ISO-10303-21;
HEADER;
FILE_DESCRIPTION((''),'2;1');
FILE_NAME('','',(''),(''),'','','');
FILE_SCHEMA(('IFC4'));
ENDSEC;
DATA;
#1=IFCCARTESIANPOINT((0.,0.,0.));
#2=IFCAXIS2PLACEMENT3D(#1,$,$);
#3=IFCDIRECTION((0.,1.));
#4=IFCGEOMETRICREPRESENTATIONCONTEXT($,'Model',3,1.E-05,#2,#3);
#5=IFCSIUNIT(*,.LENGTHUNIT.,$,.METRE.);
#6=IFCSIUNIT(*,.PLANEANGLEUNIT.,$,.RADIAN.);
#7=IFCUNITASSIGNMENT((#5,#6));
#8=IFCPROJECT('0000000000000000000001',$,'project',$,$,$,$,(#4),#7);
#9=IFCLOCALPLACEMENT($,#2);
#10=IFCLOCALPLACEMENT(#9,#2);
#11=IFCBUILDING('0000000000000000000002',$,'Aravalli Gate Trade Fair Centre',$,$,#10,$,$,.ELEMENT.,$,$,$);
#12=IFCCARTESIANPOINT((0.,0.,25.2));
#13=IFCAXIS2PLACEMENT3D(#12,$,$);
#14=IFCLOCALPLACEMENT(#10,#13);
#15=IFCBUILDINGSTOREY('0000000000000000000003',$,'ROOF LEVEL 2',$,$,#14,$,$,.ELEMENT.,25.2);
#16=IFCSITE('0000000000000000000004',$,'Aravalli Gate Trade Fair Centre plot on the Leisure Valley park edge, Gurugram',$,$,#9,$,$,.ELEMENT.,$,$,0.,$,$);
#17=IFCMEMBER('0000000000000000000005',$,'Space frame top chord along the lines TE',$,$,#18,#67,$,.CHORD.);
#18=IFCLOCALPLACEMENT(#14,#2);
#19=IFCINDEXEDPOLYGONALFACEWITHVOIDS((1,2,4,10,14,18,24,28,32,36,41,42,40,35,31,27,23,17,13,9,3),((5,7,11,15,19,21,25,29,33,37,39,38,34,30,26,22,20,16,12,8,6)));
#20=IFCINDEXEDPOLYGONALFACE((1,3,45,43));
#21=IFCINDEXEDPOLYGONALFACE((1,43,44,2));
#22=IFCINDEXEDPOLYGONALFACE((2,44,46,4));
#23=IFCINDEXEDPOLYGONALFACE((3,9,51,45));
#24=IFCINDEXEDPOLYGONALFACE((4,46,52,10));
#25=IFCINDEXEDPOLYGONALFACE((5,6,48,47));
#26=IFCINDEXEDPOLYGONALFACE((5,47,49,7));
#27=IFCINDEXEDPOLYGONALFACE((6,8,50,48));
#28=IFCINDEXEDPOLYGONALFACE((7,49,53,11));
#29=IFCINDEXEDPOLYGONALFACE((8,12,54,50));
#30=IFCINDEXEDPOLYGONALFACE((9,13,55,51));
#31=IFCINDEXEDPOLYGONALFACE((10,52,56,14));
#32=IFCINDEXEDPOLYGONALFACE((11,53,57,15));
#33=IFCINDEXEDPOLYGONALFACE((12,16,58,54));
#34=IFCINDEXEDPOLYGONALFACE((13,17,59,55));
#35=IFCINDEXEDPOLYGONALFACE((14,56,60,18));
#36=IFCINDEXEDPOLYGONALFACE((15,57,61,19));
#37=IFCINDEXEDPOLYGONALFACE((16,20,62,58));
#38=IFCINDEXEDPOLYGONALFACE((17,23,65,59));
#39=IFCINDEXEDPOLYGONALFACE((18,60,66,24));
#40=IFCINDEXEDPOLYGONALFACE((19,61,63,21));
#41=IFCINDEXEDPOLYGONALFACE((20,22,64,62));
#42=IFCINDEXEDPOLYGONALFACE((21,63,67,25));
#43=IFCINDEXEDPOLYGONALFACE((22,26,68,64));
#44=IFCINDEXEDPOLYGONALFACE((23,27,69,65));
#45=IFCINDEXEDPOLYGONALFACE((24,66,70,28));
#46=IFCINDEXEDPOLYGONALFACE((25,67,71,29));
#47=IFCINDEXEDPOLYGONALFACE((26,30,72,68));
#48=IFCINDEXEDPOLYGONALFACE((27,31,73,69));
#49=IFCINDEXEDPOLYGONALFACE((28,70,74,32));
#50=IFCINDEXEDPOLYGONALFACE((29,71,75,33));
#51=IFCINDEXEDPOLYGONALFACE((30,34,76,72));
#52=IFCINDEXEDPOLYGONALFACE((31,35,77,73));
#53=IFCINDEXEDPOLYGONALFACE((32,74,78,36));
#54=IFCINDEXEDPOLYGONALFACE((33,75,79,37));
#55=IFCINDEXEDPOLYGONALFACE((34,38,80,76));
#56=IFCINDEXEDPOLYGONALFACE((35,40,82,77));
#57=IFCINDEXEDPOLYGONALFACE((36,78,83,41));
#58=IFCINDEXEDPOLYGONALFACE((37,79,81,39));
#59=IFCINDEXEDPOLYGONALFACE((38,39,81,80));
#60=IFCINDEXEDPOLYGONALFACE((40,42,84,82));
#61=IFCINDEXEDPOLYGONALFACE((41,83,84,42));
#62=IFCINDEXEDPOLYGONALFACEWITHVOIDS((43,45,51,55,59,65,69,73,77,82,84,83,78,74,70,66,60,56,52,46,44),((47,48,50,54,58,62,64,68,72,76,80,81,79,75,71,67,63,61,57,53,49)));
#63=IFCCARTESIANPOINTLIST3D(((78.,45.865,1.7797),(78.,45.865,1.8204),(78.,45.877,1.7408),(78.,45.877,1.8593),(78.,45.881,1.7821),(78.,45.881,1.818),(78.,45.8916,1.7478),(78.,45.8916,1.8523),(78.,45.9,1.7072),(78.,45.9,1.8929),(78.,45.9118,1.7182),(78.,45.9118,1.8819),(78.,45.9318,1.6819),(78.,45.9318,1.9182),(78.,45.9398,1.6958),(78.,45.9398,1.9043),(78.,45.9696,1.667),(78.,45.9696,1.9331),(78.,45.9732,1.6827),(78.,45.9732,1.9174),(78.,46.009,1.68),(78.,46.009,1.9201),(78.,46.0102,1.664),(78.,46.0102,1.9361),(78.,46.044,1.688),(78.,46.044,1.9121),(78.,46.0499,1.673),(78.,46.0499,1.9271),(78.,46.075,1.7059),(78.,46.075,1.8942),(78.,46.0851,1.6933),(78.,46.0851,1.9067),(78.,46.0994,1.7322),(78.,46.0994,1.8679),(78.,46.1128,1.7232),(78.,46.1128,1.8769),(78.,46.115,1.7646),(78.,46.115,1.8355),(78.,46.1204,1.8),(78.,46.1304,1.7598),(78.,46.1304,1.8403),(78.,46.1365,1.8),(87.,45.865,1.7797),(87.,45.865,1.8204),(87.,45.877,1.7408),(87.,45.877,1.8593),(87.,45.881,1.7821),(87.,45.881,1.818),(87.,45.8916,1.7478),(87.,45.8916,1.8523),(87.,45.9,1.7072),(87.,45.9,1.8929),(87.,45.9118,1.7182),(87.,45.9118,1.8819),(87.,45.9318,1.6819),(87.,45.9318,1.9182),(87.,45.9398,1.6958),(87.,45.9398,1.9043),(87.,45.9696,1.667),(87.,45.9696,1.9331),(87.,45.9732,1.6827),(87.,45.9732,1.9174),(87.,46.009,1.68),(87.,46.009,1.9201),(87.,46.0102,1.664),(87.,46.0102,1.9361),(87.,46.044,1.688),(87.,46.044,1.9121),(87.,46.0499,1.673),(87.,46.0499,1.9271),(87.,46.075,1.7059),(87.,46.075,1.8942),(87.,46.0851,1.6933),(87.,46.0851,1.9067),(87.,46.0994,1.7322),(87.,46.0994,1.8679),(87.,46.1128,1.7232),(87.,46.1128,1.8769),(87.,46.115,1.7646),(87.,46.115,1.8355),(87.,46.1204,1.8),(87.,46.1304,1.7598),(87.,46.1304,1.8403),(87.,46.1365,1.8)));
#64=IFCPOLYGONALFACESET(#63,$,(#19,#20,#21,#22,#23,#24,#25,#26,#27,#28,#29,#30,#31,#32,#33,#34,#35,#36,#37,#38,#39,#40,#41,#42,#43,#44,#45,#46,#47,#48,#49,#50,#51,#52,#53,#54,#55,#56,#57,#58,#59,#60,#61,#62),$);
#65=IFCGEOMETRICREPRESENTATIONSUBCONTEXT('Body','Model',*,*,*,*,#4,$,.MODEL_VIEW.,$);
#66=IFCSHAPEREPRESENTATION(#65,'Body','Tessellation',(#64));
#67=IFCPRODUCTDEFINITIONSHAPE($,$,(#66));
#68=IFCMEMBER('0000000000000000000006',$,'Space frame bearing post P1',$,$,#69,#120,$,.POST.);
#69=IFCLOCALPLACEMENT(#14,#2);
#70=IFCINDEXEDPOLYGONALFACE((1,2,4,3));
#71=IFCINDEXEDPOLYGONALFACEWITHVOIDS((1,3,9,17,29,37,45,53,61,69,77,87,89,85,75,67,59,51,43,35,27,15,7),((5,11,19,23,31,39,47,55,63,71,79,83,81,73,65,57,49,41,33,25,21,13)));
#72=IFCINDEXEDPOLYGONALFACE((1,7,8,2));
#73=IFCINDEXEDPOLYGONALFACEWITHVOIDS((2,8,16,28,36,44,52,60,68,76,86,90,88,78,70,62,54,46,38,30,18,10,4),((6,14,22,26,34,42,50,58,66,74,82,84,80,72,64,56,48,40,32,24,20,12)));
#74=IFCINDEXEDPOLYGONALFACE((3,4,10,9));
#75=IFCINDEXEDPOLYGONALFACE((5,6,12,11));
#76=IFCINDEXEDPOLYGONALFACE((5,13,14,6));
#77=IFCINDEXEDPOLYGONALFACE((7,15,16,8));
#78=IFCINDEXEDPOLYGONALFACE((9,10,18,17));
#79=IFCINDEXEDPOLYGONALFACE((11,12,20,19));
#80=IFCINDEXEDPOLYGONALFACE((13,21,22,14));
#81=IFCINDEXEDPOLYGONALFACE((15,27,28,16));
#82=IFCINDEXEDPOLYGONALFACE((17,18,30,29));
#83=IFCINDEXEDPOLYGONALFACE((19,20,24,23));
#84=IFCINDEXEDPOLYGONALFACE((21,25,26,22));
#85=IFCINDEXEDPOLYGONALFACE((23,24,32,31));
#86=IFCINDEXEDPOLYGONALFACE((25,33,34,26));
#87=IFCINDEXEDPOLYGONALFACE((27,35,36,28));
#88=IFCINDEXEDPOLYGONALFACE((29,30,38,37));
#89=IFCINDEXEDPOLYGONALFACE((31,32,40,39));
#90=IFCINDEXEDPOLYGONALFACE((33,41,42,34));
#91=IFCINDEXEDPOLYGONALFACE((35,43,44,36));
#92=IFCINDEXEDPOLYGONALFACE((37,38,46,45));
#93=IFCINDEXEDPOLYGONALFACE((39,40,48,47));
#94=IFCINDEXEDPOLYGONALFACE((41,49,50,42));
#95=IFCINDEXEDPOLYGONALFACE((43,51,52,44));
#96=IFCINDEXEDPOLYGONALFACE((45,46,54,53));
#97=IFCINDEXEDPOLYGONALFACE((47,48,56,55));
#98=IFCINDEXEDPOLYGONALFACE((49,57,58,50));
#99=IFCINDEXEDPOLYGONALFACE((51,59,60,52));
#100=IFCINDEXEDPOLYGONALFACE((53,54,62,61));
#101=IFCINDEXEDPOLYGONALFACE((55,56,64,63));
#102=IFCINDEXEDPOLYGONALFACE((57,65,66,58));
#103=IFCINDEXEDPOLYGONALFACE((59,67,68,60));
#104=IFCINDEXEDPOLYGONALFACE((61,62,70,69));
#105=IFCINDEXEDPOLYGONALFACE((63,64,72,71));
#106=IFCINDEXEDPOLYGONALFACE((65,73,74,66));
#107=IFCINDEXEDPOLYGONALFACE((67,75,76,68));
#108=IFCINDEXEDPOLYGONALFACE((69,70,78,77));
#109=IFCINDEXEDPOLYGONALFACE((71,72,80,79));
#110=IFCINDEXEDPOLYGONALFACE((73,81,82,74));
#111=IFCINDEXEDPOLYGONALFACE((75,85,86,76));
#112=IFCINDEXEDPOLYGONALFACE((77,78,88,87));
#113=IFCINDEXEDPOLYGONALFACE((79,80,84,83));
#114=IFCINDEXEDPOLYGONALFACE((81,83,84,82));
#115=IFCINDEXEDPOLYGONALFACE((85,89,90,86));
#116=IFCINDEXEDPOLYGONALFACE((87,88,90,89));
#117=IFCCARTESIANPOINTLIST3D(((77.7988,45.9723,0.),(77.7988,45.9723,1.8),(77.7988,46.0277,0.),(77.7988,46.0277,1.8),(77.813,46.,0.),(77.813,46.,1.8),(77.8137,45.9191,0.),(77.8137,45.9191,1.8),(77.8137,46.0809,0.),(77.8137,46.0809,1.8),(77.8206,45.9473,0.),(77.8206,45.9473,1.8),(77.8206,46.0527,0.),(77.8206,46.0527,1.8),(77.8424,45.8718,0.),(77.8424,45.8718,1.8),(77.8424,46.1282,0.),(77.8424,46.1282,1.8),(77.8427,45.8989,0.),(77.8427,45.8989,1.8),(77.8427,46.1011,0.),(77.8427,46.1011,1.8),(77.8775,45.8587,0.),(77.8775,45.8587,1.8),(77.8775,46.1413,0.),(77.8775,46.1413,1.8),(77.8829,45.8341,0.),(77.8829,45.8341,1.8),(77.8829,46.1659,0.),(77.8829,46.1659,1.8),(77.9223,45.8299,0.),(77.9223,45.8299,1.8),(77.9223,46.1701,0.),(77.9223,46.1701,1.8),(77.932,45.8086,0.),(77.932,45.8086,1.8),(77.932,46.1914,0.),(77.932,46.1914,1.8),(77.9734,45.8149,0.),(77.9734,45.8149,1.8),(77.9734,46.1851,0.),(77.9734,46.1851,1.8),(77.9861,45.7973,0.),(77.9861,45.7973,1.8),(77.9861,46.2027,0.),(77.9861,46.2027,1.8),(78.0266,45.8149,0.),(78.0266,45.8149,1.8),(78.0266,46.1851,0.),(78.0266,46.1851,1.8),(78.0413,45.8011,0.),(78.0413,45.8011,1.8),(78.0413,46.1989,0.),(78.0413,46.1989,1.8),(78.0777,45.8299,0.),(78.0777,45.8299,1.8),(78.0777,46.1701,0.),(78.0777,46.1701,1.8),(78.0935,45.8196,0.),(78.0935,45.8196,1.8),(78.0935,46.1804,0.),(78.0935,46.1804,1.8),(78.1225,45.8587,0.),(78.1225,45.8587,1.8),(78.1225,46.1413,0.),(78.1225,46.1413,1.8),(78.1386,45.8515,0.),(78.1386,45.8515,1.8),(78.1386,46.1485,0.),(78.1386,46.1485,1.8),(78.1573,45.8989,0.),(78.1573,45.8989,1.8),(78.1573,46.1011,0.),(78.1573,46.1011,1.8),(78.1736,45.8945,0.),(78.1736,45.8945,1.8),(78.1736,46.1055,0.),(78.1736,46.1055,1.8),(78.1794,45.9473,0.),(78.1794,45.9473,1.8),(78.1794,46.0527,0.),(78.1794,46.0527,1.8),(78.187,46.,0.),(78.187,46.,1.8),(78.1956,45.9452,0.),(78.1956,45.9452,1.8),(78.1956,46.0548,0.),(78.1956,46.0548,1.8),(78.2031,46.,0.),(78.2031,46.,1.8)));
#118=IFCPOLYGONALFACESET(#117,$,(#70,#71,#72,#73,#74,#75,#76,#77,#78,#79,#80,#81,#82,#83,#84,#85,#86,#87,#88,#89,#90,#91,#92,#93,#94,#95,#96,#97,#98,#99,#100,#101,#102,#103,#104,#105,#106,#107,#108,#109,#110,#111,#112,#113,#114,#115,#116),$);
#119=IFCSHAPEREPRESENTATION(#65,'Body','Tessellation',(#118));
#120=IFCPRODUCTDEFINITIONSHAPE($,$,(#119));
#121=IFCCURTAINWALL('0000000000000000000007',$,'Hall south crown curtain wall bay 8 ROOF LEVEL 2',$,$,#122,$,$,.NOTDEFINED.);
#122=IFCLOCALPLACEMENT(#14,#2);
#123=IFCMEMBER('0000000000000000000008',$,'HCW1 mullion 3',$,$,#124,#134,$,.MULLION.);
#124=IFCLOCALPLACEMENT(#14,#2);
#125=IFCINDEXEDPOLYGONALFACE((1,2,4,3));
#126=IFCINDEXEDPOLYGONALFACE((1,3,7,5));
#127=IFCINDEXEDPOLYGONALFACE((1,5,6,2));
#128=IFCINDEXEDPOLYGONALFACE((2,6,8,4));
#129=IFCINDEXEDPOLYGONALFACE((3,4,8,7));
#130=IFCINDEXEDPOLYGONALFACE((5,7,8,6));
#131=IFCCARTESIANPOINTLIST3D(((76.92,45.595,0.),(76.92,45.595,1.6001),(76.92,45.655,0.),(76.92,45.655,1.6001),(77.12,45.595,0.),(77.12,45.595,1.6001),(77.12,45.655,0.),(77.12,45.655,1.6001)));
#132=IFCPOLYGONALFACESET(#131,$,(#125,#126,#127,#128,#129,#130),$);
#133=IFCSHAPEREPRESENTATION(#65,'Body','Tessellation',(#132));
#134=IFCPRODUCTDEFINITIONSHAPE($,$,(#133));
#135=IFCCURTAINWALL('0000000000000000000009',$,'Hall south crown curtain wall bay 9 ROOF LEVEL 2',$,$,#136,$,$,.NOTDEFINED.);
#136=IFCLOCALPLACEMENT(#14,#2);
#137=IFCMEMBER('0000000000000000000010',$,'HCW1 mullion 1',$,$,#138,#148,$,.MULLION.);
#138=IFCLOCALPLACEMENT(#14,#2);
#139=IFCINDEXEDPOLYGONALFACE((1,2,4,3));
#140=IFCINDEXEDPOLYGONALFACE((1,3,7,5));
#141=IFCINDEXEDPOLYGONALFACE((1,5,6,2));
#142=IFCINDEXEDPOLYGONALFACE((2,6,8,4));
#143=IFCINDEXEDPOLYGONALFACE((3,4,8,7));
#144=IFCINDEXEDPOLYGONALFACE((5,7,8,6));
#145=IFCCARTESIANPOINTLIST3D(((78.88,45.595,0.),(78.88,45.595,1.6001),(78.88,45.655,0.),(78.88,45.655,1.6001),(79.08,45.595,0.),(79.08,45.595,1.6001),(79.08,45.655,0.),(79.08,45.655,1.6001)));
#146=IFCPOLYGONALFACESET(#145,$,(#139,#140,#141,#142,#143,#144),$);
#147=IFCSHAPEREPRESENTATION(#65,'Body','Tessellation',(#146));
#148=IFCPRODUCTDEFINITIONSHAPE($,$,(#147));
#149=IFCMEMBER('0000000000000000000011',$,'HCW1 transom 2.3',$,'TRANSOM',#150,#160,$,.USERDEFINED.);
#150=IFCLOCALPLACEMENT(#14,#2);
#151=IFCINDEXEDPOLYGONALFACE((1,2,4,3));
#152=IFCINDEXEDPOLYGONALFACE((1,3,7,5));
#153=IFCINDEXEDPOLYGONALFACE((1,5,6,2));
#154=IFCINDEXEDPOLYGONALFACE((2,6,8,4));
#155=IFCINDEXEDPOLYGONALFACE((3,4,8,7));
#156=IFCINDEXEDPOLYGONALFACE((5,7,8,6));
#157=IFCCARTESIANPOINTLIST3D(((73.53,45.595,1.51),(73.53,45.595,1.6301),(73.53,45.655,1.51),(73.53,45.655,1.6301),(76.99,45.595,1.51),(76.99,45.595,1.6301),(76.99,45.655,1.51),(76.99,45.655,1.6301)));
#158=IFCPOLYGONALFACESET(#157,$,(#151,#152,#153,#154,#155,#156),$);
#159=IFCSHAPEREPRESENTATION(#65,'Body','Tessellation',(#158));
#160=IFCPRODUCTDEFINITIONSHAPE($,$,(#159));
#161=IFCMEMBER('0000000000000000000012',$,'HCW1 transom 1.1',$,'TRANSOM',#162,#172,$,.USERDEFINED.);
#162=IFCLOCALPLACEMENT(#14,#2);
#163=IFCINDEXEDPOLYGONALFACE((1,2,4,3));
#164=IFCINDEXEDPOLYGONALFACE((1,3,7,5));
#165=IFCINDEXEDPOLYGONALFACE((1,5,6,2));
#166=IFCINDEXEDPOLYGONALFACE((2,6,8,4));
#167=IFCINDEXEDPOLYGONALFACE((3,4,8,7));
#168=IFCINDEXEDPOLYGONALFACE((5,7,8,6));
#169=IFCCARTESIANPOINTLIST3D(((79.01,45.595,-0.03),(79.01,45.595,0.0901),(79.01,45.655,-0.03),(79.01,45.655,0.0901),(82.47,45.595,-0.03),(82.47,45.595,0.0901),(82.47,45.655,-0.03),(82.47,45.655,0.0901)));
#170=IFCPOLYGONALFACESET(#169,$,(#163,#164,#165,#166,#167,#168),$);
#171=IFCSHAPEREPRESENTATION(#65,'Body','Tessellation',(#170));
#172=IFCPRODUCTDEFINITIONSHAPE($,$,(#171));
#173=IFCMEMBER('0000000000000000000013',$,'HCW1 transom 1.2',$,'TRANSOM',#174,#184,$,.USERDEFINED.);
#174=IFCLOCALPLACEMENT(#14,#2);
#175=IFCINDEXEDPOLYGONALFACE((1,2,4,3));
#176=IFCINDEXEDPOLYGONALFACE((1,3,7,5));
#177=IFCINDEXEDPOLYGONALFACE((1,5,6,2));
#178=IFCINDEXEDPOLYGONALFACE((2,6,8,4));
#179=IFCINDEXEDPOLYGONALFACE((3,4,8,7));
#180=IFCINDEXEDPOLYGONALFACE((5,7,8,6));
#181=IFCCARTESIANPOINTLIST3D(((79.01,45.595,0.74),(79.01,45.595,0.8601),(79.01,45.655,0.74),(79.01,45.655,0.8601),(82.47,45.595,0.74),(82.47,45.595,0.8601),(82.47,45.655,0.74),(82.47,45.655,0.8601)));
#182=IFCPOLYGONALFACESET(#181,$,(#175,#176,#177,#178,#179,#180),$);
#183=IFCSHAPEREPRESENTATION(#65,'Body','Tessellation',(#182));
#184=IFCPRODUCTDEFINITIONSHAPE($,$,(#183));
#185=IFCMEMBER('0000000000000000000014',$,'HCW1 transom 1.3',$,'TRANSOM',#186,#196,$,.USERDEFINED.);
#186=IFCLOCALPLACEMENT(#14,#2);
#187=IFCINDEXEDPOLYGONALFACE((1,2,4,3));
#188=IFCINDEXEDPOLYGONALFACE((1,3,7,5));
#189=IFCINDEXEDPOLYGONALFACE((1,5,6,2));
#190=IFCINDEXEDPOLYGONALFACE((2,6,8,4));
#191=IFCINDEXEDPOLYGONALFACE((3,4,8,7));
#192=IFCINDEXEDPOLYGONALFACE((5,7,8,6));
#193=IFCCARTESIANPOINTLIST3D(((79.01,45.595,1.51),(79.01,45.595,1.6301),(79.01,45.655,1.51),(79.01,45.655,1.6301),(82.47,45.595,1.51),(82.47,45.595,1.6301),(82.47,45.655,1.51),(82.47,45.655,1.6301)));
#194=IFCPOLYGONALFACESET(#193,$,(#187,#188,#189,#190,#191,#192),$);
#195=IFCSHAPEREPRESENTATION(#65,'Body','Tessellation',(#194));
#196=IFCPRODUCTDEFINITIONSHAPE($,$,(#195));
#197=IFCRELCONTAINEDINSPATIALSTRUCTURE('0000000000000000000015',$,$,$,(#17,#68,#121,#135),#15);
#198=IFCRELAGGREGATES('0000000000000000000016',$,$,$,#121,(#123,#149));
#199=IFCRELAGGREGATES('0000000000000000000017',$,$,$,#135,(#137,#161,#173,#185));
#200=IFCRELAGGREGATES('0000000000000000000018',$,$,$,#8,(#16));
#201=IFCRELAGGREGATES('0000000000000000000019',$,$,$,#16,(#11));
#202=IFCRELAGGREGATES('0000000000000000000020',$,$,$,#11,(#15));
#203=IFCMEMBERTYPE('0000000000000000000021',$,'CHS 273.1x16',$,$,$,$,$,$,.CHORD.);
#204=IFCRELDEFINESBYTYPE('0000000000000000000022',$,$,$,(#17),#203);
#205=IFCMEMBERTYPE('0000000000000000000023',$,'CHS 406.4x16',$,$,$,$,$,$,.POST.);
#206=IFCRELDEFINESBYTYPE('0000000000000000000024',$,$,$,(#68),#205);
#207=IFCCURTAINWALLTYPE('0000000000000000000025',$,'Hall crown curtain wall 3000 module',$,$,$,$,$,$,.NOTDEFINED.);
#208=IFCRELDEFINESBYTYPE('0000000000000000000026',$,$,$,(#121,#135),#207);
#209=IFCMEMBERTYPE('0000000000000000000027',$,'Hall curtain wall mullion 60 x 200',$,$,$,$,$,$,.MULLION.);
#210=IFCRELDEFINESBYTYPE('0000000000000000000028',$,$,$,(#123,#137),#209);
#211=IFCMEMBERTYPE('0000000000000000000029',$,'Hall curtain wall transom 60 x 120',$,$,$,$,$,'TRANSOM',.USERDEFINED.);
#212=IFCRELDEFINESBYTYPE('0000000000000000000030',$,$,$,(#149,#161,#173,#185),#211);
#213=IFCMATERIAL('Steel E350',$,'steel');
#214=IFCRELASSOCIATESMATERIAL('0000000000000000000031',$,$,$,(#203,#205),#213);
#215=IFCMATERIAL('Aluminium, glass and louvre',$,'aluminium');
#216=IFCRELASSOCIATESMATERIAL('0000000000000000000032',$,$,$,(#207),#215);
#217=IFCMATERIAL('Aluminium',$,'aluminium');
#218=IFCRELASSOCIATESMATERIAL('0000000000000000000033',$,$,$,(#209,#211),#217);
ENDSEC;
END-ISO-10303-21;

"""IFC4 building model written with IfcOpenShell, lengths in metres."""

from ifc_helpers import new_model, si_unit, direction, frame, origin, origin_2d, place, context, subcontext, project, spatial, rectangle, hollow_circle, extrude, material, material_profile, profile_set, type_object, element, aggregate, save


model = new_model("IFC4")

# Units and contexts
model_context = context("Model", 3, precision=1e-05, world=origin(), true_north=direction((0.0, 1.0)))
body_context = subcontext(model_context, "Body", "Model", "MODEL_VIEW")
ifc_project = project(units=[si_unit("LENGTHUNIT", "METRE"), si_unit("PLANEANGLEUNIT", "RADIAN")], contexts=[model_context])

# Site, building, storey
site_placement = place(None, origin())
site = spatial("IfcSite", under=ifc_project, at=site_placement, Name="Aravalli Gate Trade Fair Centre plot on the Leisure Valley park edge, Gurugram", CompositionType="ELEMENT", RefElevation=0.0)
building_placement = place(site_placement, origin())
building = spatial("IfcBuilding", under=site, at=building_placement, Name="Aravalli Gate Trade Fair Centre", CompositionType="ELEMENT")
storey_placement = place(building_placement, frame((0.0, 0.0, 25.2)))
storey = spatial("IfcBuildingStorey", under=building, at=storey_placement, Name="ROOF LEVEL 2", CompositionType="ELEMENT", Elevation=25.2)

# Members
ifc_material_1 = material(Name="Steel E350", Category="steel")
ifc_material_profile_1 = material_profile(ifc_material_1, hollow_circle(Radius=0.1365, WallThickness=0.0161, at=origin_2d()), Name="CHS 273.1x16")
ifc_profile_set_1 = profile_set([ifc_material_profile_1], Name="Steel E350")
member_type_1 = type_object("IfcMemberType", Name="CHS 273.1x16", PredefinedType="CHORD", material=ifc_profile_set_1)
member_1_placement = place(storey_placement, frame((78.0, 46.0, 1.8), z_axis=(1.0, 0.0, 0.0), x_axis=(0.0, 1.0, 0.0)))
element("IfcMember", 1, at=member_1_placement, inside=storey, type_object=member_type_1, Name="Space frame top chord along the lines TE", PredefinedType="CHORD", context=body_context, shape_type="SweptSolid", body=[
    extrude(hollow_circle(Radius=0.1365, WallThickness=0.0161, at=origin_2d()), origin(), (0.0, 0.0, 1.0), 9.0),
])
ifc_material_profile_2 = material_profile(ifc_material_1, hollow_circle(Radius=0.2031, WallThickness=0.0161, at=origin_2d()), Name="CHS 406.4x16")
ifc_profile_set_2 = profile_set([ifc_material_profile_2], Name="Steel E350")
member_type_2 = type_object("IfcMemberType", Name="CHS 406.4x16", PredefinedType="POST", material=ifc_profile_set_2)
member_2_placement = place(storey_placement, frame((78.0, 46.0, 0.0), z_axis=(0.0, 0.0, 1.0), x_axis=(1.0, 0.0, 0.0)))
element("IfcMember", 2, at=member_2_placement, inside=storey, type_object=member_type_2, Name="Space frame bearing post P1", PredefinedType="POST", context=body_context, shape_type="SweptSolid", body=[
    extrude(hollow_circle(Radius=0.2031, WallThickness=0.0161, at=origin_2d()), origin(), (0.0, 0.0, 1.0), 1.8),
])

# Curtain walls, members
ifc_material_2 = material(Name="Aluminium, glass and louvre", Category="aluminium")
curtain_wall_type = type_object("IfcCurtainWallType", Name="Hall crown curtain wall 3000 module", PredefinedType="NOTDEFINED", material=ifc_material_2)
curtain_wall_1_placement = place(storey_placement, origin())
curtain_wall_1 = element("IfcCurtainWall", 3, at=curtain_wall_1_placement, inside=storey, type_object=curtain_wall_type, Name="Hall south crown curtain wall bay 8 ROOF LEVEL 2", PredefinedType="NOTDEFINED")
ifc_material_3 = material(Name="Aluminium", Category="aluminium")
ifc_material_profile_3 = material_profile(ifc_material_3, rectangle(XDim=0.0601, YDim=0.2, at=origin_2d()), Name="Hall curtain wall mullion 60 x 200")
ifc_profile_set_3 = profile_set([ifc_material_profile_3], Name="Aluminium")
member_type_3 = type_object("IfcMemberType", Name="Hall curtain wall mullion 60 x 200", PredefinedType="MULLION", material=ifc_profile_set_3)
member_3_placement = place(storey_placement, frame((77.02, 45.625, 0.0), z_axis=(0.0, 0.0, 1.0), x_axis=(0.0, 1.0, 0.0)))
member_3 = element("IfcMember", 4, at=member_3_placement, type_object=member_type_3, Name="HCW1 mullion 3", PredefinedType="MULLION", context=body_context, shape_type="SweptSolid", body=[
    extrude(rectangle(XDim=0.0601, YDim=0.2, at=origin_2d()), origin(), (0.0, 0.0, 1.0), 1.6001),
])
curtain_wall_2_placement = place(storey_placement, origin())
curtain_wall_2 = element("IfcCurtainWall", 5, at=curtain_wall_2_placement, inside=storey, type_object=curtain_wall_type, Name="Hall south crown curtain wall bay 9 ROOF LEVEL 2", PredefinedType="NOTDEFINED")
member_4_placement = place(storey_placement, frame((78.98, 45.625, 0.0), z_axis=(0.0, 0.0, 1.0), x_axis=(0.0, 1.0, 0.0)))
member_4 = element("IfcMember", 6, at=member_4_placement, type_object=member_type_3, Name="HCW1 mullion 1", PredefinedType="MULLION", context=body_context, shape_type="SweptSolid", body=[
    extrude(rectangle(XDim=0.0601, YDim=0.2, at=origin_2d()), origin(), (0.0, 0.0, 1.0), 1.6001),
])

# Members
ifc_material_profile_4 = material_profile(ifc_material_3, rectangle(XDim=0.0601, YDim=0.1201, at=origin_2d()), Name="Hall curtain wall transom 60 x 120")
ifc_profile_set_4 = profile_set([ifc_material_profile_4], Name="Aluminium")
member_type_4 = type_object("IfcMemberType", Name="Hall curtain wall transom 60 x 120", ElementType="TRANSOM", PredefinedType="USERDEFINED", material=ifc_profile_set_4)
member_5_placement = place(storey_placement, frame((73.53, 45.625, 1.5701), z_axis=(1.0, 0.0, 0.0), x_axis=(0.0, 1.0, 0.0)))
member_5 = element("IfcMember", 7, at=member_5_placement, type_object=member_type_4, Name="HCW1 transom 2.3", ObjectType="TRANSOM", PredefinedType="USERDEFINED", context=body_context, shape_type="SweptSolid", body=[
    extrude(rectangle(XDim=0.0601, YDim=0.1201, at=origin_2d()), origin(), (0.0, 0.0, 1.0), 3.46),
])
member_6_placement = place(storey_placement, frame((79.01, 45.625, 0.03), z_axis=(1.0, 0.0, 0.0), x_axis=(0.0, 1.0, 0.0)))
member_6 = element("IfcMember", 8, at=member_6_placement, type_object=member_type_4, Name="HCW1 transom 1.1", ObjectType="TRANSOM", PredefinedType="USERDEFINED", context=body_context, shape_type="SweptSolid", body=[
    extrude(rectangle(XDim=0.0601, YDim=0.1201, at=origin_2d()), origin(), (0.0, 0.0, 1.0), 3.46),
])
member_7_placement = place(storey_placement, frame((79.01, 45.625, 0.8), z_axis=(1.0, 0.0, 0.0), x_axis=(0.0, 1.0, 0.0)))
member_7 = element("IfcMember", 9, at=member_7_placement, type_object=member_type_4, Name="HCW1 transom 1.2", ObjectType="TRANSOM", PredefinedType="USERDEFINED", context=body_context, shape_type="SweptSolid", body=[
    extrude(rectangle(XDim=0.0601, YDim=0.1201, at=origin_2d()), origin(), (0.0, 0.0, 1.0), 3.46),
])
member_8_placement = place(storey_placement, frame((79.01, 45.625, 1.5701), z_axis=(1.0, 0.0, 0.0), x_axis=(0.0, 1.0, 0.0)))
member_8 = element("IfcMember", 10, at=member_8_placement, type_object=member_type_4, Name="HCW1 transom 1.3", ObjectType="TRANSOM", PredefinedType="USERDEFINED", context=body_context, shape_type="SweptSolid", body=[
    extrude(rectangle(XDim=0.0601, YDim=0.1201, at=origin_2d()), origin(), (0.0, 0.0, 1.0), 3.46),
])

aggregate(curtain_wall_1, [member_3, member_5])
aggregate(curtain_wall_2, [member_4, member_6, member_7, member_8])

save(model, "model.ifc")
